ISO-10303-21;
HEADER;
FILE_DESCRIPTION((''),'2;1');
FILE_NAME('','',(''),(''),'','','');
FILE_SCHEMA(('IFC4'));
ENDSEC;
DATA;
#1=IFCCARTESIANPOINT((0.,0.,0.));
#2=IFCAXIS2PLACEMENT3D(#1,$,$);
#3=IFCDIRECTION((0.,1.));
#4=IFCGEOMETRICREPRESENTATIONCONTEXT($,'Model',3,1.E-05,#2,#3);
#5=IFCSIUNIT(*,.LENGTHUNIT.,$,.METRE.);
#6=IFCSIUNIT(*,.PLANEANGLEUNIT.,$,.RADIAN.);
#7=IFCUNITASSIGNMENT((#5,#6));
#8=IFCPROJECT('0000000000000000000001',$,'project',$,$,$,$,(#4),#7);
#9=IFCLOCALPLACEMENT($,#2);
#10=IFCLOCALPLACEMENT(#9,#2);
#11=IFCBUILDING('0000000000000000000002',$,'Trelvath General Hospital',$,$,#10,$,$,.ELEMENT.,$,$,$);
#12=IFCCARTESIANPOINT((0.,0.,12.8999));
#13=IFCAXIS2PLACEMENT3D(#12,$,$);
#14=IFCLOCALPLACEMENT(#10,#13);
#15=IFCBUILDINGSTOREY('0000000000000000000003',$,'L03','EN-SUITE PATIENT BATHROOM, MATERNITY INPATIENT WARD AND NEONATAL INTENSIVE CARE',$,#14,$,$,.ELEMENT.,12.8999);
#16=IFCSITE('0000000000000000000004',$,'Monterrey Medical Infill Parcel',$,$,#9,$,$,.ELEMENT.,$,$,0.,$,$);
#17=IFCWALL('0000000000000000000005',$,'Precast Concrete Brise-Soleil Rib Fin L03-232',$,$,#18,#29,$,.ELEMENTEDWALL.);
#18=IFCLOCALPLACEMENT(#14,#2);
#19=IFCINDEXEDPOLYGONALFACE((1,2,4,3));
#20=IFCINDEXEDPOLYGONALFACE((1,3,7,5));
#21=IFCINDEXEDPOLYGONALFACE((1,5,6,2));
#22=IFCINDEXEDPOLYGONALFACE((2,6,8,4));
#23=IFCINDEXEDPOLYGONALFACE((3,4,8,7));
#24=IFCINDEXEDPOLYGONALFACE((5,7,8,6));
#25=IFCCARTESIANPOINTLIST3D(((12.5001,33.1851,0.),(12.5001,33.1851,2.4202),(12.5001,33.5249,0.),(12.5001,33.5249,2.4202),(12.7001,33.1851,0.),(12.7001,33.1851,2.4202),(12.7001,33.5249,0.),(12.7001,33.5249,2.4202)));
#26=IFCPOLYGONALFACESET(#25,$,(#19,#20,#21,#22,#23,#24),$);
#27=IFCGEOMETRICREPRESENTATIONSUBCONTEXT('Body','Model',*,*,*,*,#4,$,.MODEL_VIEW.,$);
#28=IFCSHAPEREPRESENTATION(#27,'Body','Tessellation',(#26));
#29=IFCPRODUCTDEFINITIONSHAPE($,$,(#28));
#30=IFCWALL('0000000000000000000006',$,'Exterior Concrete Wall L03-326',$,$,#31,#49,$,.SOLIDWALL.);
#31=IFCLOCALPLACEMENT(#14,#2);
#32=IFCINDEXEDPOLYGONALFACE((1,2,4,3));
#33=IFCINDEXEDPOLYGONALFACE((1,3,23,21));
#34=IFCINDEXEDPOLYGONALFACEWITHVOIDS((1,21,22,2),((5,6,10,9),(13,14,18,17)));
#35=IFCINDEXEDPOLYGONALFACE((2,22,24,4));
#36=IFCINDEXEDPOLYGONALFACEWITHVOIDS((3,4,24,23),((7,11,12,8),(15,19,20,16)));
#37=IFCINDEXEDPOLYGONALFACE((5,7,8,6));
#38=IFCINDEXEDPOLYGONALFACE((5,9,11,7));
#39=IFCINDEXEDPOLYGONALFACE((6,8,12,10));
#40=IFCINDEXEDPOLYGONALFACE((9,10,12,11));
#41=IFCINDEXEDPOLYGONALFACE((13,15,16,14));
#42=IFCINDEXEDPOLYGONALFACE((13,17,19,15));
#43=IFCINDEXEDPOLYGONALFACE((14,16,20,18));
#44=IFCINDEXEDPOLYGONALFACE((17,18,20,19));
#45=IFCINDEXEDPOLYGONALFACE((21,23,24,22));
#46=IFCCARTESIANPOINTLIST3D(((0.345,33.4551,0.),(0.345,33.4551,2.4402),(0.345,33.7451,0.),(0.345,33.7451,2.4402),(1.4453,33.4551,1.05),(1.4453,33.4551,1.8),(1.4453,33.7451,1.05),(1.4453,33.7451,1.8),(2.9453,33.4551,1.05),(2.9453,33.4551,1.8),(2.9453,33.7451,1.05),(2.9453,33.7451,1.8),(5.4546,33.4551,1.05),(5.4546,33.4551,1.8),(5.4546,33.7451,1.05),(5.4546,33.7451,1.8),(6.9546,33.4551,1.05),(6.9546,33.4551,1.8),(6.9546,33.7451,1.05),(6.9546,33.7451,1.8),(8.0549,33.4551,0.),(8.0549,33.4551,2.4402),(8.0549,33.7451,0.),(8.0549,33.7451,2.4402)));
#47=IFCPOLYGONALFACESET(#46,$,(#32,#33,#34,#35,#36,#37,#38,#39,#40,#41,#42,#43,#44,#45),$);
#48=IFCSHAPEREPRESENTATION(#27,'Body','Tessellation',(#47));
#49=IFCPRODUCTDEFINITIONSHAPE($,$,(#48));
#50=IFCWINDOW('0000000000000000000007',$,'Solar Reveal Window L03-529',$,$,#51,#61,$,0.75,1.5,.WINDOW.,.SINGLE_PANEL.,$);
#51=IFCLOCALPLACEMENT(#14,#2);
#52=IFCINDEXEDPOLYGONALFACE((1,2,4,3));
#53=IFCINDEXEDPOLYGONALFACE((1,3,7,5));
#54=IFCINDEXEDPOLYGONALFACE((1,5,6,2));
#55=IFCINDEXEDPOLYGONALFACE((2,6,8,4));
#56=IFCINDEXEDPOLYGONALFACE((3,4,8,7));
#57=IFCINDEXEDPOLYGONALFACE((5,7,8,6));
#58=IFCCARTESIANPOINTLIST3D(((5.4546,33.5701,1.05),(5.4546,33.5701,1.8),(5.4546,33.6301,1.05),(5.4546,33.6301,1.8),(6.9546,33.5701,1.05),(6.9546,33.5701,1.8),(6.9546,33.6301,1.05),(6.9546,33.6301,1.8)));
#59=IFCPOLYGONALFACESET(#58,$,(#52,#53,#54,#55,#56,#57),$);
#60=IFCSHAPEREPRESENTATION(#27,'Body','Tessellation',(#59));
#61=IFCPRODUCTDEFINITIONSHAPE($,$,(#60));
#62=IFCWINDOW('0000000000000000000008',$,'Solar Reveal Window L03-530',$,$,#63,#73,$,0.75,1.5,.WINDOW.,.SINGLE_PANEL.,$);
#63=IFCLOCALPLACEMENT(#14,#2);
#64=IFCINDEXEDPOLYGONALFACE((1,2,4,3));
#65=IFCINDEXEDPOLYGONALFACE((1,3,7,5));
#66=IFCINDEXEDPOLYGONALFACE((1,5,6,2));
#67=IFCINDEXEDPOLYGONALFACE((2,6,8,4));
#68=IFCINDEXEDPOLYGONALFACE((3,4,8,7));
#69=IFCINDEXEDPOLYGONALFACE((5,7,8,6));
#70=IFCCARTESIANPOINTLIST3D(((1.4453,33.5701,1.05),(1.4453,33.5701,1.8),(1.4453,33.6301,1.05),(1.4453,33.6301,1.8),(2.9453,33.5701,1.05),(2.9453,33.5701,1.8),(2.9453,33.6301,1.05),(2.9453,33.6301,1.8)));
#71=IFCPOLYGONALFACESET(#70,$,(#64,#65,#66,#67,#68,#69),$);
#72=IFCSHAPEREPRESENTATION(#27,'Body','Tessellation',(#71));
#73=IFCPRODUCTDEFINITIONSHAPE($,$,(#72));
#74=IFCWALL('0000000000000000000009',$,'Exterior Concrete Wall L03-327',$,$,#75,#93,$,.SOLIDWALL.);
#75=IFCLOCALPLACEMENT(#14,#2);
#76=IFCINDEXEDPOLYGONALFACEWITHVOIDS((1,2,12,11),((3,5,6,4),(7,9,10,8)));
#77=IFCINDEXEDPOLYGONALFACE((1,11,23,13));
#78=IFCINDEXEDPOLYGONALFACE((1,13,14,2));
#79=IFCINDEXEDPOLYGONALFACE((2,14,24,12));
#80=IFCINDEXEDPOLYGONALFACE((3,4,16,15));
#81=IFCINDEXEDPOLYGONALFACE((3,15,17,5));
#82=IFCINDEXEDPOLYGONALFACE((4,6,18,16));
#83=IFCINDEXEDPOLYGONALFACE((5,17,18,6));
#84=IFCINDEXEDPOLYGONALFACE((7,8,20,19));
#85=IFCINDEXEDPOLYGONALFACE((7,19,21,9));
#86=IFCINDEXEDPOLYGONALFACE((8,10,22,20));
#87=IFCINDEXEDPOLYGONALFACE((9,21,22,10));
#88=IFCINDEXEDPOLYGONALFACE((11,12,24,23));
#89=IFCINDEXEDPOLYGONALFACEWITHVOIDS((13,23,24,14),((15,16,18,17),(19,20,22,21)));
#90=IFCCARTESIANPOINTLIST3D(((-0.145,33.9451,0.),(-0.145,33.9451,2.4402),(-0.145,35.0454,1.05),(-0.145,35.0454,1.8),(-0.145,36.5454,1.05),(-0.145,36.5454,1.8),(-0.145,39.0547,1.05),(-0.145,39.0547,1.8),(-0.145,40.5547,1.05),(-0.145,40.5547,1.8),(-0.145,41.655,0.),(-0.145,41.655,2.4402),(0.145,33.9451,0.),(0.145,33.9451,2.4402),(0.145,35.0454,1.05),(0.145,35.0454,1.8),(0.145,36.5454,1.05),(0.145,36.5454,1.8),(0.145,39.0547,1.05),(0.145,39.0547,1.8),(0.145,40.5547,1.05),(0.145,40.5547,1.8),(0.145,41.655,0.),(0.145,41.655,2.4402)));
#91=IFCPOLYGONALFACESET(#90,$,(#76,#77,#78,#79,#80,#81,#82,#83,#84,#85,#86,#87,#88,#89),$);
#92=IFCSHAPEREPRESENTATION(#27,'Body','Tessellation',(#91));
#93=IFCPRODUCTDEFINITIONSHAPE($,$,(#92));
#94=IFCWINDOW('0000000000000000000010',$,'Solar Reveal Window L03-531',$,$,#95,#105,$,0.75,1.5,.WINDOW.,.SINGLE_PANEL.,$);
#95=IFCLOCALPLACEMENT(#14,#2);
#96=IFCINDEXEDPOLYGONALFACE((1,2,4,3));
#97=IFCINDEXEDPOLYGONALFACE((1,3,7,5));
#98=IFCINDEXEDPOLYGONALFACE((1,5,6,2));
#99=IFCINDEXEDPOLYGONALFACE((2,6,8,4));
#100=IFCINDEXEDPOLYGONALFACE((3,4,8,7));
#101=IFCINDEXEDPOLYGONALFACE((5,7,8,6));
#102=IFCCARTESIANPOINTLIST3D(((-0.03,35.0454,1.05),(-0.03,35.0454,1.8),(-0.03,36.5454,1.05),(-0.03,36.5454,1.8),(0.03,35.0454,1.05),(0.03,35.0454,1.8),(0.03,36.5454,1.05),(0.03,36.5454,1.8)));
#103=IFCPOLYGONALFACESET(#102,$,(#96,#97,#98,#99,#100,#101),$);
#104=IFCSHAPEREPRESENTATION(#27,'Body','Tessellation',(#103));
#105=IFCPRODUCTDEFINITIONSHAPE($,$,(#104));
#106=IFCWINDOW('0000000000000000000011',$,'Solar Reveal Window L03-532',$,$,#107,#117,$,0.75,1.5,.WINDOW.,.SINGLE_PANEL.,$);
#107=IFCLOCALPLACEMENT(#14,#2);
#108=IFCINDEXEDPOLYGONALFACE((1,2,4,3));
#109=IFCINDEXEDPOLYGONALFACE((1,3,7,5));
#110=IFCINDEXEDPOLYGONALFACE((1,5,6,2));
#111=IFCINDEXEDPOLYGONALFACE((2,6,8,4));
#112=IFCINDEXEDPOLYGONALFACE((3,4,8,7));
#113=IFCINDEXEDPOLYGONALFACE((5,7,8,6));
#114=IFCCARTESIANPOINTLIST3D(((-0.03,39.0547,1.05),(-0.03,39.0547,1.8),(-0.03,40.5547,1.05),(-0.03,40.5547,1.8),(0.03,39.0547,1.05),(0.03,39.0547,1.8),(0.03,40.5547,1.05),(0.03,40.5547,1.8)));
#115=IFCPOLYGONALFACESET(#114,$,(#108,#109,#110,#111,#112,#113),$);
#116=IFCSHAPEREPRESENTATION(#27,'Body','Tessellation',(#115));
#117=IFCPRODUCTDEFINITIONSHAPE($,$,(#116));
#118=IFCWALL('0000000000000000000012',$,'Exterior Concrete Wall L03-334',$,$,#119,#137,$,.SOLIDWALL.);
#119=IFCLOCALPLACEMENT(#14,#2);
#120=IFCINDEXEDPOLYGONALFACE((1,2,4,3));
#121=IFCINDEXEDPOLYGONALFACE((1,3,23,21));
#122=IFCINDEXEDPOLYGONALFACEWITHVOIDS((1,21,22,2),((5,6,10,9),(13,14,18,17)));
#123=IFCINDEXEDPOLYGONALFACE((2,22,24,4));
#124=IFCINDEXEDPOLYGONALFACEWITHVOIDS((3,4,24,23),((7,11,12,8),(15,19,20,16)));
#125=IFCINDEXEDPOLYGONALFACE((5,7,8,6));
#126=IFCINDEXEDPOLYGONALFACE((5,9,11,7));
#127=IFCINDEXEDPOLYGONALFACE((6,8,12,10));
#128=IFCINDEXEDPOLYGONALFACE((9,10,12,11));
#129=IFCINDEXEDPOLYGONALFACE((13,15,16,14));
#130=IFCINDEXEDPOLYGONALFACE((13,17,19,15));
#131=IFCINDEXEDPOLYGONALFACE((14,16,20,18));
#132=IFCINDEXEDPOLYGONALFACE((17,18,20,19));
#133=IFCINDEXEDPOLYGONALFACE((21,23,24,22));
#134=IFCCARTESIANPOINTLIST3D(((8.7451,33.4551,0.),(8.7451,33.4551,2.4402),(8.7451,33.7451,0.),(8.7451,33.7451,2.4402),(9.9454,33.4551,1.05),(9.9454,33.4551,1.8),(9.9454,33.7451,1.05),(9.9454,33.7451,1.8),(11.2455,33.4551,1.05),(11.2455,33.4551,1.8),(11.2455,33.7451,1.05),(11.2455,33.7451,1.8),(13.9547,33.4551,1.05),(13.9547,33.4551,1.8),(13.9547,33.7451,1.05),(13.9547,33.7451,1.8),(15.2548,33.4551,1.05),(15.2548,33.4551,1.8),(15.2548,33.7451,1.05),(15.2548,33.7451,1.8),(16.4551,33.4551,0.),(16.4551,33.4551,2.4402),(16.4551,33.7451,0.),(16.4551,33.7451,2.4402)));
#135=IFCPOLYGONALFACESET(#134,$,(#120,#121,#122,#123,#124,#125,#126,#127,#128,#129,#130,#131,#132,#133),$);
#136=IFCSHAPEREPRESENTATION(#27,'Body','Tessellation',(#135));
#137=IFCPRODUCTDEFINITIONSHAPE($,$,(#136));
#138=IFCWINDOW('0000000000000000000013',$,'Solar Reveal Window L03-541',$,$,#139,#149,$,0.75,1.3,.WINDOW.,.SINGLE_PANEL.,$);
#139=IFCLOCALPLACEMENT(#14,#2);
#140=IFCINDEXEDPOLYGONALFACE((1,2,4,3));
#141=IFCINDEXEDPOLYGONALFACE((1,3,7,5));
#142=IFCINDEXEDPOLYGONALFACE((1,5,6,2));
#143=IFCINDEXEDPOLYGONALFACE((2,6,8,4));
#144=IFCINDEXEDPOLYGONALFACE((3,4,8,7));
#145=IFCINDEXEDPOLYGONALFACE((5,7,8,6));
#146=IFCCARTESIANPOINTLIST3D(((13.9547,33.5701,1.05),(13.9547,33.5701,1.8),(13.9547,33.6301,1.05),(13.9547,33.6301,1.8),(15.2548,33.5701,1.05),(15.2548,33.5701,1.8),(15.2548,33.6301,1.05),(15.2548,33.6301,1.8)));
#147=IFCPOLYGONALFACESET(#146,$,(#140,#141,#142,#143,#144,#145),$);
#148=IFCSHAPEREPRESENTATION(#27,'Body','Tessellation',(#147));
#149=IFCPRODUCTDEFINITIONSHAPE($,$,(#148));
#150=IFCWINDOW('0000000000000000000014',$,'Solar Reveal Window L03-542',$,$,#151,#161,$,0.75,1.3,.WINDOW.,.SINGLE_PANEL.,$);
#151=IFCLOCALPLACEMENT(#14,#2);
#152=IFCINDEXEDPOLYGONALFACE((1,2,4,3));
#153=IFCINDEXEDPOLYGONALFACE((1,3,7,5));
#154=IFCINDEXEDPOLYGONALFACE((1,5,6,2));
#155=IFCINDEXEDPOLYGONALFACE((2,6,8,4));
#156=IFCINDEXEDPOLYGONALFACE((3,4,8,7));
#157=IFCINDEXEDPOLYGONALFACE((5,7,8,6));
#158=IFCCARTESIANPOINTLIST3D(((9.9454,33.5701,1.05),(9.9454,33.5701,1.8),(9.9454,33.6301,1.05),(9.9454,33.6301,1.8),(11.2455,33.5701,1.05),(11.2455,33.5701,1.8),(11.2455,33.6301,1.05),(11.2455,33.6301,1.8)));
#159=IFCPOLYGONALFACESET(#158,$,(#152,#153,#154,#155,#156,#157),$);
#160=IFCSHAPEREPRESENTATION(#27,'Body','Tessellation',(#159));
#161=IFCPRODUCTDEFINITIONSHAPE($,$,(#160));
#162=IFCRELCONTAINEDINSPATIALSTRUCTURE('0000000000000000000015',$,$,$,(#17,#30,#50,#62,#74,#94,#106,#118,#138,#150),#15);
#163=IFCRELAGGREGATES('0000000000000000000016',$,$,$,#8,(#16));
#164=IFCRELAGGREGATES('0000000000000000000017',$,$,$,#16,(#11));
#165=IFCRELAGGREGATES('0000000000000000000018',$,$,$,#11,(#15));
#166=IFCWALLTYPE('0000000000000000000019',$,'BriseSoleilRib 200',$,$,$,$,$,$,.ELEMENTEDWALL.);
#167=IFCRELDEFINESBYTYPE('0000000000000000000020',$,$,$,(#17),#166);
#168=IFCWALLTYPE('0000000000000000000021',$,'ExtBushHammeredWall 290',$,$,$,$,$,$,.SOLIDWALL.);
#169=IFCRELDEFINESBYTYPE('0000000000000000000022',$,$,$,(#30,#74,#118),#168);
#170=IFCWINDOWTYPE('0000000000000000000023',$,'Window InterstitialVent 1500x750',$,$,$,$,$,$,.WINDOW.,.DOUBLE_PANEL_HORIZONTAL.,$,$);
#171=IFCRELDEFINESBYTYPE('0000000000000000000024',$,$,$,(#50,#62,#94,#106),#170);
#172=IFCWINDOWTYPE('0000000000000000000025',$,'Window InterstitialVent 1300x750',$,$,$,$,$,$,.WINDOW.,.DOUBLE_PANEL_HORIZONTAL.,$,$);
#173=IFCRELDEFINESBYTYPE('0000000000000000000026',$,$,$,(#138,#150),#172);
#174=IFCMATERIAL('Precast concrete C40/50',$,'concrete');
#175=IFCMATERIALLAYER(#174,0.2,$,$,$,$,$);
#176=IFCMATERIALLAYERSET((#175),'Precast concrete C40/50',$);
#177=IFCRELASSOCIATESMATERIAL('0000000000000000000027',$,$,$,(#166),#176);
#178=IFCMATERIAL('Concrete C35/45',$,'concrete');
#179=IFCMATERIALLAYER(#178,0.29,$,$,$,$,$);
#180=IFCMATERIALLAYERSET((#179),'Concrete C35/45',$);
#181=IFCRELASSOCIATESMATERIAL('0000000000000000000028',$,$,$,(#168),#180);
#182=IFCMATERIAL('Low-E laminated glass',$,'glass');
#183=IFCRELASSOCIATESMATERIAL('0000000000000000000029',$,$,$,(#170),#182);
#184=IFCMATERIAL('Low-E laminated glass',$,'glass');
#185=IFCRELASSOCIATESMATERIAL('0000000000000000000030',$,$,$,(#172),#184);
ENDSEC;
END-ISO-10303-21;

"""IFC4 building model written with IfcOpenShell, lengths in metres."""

from ifc_helpers import new_model, si_unit, direction, frame, frame_2d, origin, place, context, subcontext, project, spatial, rectangle, extrude, material, layer, layer_set, type_object, element, fill, save


model = new_model("IFC4")

# Units and contexts
model_context = context("Model", 3, precision=1e-05, world=origin(), true_north=direction((0.0, 1.0)))
body_context = subcontext(model_context, "Body", "Model", "MODEL_VIEW")
ifc_project = project(units=[si_unit("LENGTHUNIT", "METRE"), si_unit("PLANEANGLEUNIT", "RADIAN")], contexts=[model_context])

# Site, building, storey
site_placement = place(None, origin())
site = spatial("IfcSite", under=ifc_project, at=site_placement, Name="Monterrey Medical Infill Parcel", CompositionType="ELEMENT", RefElevation=0.0)
building_placement = place(site_placement, origin())
building = spatial("IfcBuilding", under=site, at=building_placement, Name="Trelvath General Hospital", CompositionType="ELEMENT")
storey_placement = place(building_placement, frame((0.0, 0.0, 12.8999)))
storey = spatial("IfcBuildingStorey", under=building, at=storey_placement, Name="L03", Description="EN-SUITE PATIENT BATHROOM, MATERNITY INPATIENT WARD AND NEONATAL INTENSIVE CARE", CompositionType="ELEMENT", Elevation=12.8999)

# Wall
ifc_material_1 = material(Name="Precast concrete C40/50", Category="concrete")
ifc_layer_1 = layer(ifc_material_1, 0.2)
ifc_layer_set_1 = layer_set([ifc_layer_1], Name="Precast concrete C40/50")
wall_type_1 = type_object("IfcWallType", Name="BriseSoleilRib 200", PredefinedType="ELEMENTEDWALL", material=ifc_layer_set_1)
for number, where, z_axis, x_axis, name in (
    (1, (12.6001, 33.5249, 0.0), (0.0, 0.0, 1.0), (0.0, -1.0, 0.0), "Precast Concrete Brise-Soleil Rib Fin L03-232"),
):
    element("IfcWall", number, at=place(storey_placement, frame(where, z_axis=z_axis, x_axis=x_axis)), inside=storey, type_object=wall_type_1, Name=name, PredefinedType="ELEMENTEDWALL", context=body_context, shape_type="SweptSolid", body=[
        extrude(rectangle(XDim=0.3398, YDim=0.2, at=frame_2d((0.1699, 0.0))), origin(), (0.0, 0.0, 1.0), 2.4202),
    ])

# Walls, openings, windows
ifc_material_2 = material(Name="Concrete C35/45", Category="concrete")
ifc_layer_2 = layer(ifc_material_2, 0.29)
ifc_layer_set_2 = layer_set([ifc_layer_2], Name="Concrete C35/45")
wall_type_2 = type_object("IfcWallType", Name="ExtBushHammeredWall 290", PredefinedType="SOLIDWALL", material=ifc_layer_set_2)
wall_1_placement = place(storey_placement, frame((8.0549, 33.6001, 0.0), z_axis=(0.0, 0.0, 1.0), x_axis=(-1.0, 0.0, 0.0)))
wall_1 = element("IfcWall", 2, at=wall_1_placement, inside=storey, type_object=wall_type_2, Name="Exterior Concrete Wall L03-326", PredefinedType="SOLIDWALL", context=body_context, shape_type="SweptSolid", body=[
    extrude(rectangle(XDim=7.71, YDim=0.29, at=frame_2d((3.855, 0.0))), origin(), (0.0, 0.0, 1.0), 2.4402),
])
opening_1_placement = place(wall_1_placement, frame((1.1003, 0.0, 1.05)))
opening_1 = element("IfcOpeningElement", 3, at=opening_1_placement, cuts=wall_1, PredefinedType="OPENING", context=body_context, shape_type="SweptSolid", body=[
    extrude(rectangle(XDim=1.5, YDim=0.75, at=frame_2d((0.75, 0.375))), frame((0.0, 0.155, 0.0), z_axis=(0.0, -1.0, 0.0), x_axis=(1.0, 0.0, 0.0)), (0.0, 0.0, 1.0), 0.3101),
])
opening_2_placement = place(wall_1_placement, frame((5.1096, 0.0, 1.05)))
opening_2 = element("IfcOpeningElement", 4, at=opening_2_placement, cuts=wall_1, PredefinedType="OPENING", context=body_context, shape_type="SweptSolid", body=[
    extrude(rectangle(XDim=1.5, YDim=0.75, at=frame_2d((0.75, 0.375))), frame((0.0, 0.155, 0.0), z_axis=(0.0, -1.0, 0.0), x_axis=(1.0, 0.0, 0.0)), (0.0, 0.0, 1.0), 0.3101),
])
ifc_material_3 = material(Name="Low-E laminated glass", Category="glass")
window_type_1 = type_object("IfcWindowType", Name="Window InterstitialVent 1500x750", PartitioningType="DOUBLE_PANEL_HORIZONTAL", PredefinedType="WINDOW", material=ifc_material_3)
window_1_placement = place(opening_1_placement, origin())
window_1 = element("IfcWindow", 5, at=window_1_placement, inside=storey, type_object=window_type_1, Name="Solar Reveal Window L03-529", OverallHeight=0.75, OverallWidth=1.5, PartitioningType="SINGLE_PANEL", PredefinedType="WINDOW", context=body_context, shape_type="SweptSolid", body=[
    extrude(rectangle(XDim=1.5, YDim=0.75, at=frame_2d((0.75, 0.375))), frame((0.0, 0.03, 0.0), z_axis=(0.0, -1.0, 0.0), x_axis=(1.0, 0.0, 0.0)), (0.0, 0.0, 1.0), 0.0601),
])
fill(opening_1, window_1)
window_2_placement = place(opening_2_placement, origin())
window_2 = element("IfcWindow", 6, at=window_2_placement, inside=storey, type_object=window_type_1, Name="Solar Reveal Window L03-530", OverallHeight=0.75, OverallWidth=1.5, PartitioningType="SINGLE_PANEL", PredefinedType="WINDOW", context=body_context, shape_type="SweptSolid", body=[
    extrude(rectangle(XDim=1.5, YDim=0.75, at=frame_2d((0.75, 0.375))), frame((0.0, 0.03, 0.0), z_axis=(0.0, -1.0, 0.0), x_axis=(1.0, 0.0, 0.0)), (0.0, 0.0, 1.0), 0.0601),
])
fill(opening_2, window_2)
wall_2_placement = place(storey_placement, frame((0.0, 33.9451, 0.0), z_axis=(0.0, 0.0, 1.0), x_axis=(0.0, 1.0, 0.0)))
wall_2 = element("IfcWall", 7, at=wall_2_placement, inside=storey, type_object=wall_type_2, Name="Exterior Concrete Wall L03-327", PredefinedType="SOLIDWALL", context=body_context, shape_type="SweptSolid", body=[
    extrude(rectangle(XDim=7.71, YDim=0.29, at=frame_2d((3.855, 0.0))), origin(), (0.0, 0.0, 1.0), 2.4402),
])
opening_3_placement = place(wall_2_placement, frame((1.1003, 0.0, 1.05)))
opening_3 = element("IfcOpeningElement", 8, at=opening_3_placement, cuts=wall_2, PredefinedType="OPENING", context=body_context, shape_type="SweptSolid", body=[
    extrude(rectangle(XDim=1.5, YDim=0.75, at=frame_2d((0.75, 0.375))), frame((0.0, 0.155, 0.0), z_axis=(0.0, -1.0, 0.0), x_axis=(1.0, 0.0, 0.0)), (0.0, 0.0, 1.0), 0.3101),
])
opening_4_placement = place(wall_2_placement, frame((5.1096, 0.0, 1.05)))
opening_4 = element("IfcOpeningElement", 9, at=opening_4_placement, cuts=wall_2, PredefinedType="OPENING", context=body_context, shape_type="SweptSolid", body=[
    extrude(rectangle(XDim=1.5, YDim=0.75, at=frame_2d((0.75, 0.375))), frame((0.0, 0.155, 0.0), z_axis=(0.0, -1.0, 0.0), x_axis=(1.0, 0.0, 0.0)), (0.0, 0.0, 1.0), 0.3101),
])
window_3_placement = place(opening_3_placement, origin())
window_3 = element("IfcWindow", 10, at=window_3_placement, inside=storey, type_object=window_type_1, Name="Solar Reveal Window L03-531", OverallHeight=0.75, OverallWidth=1.5, PartitioningType="SINGLE_PANEL", PredefinedType="WINDOW", context=body_context, shape_type="SweptSolid", body=[
    extrude(rectangle(XDim=1.5, YDim=0.75, at=frame_2d((0.75, 0.375))), frame((0.0, 0.03, 0.0), z_axis=(0.0, -1.0, 0.0), x_axis=(1.0, 0.0, 0.0)), (0.0, 0.0, 1.0), 0.0601),
])
fill(opening_3, window_3)
window_4_placement = place(opening_4_placement, origin())
window_4 = element("IfcWindow", 11, at=window_4_placement, inside=storey, type_object=window_type_1, Name="Solar Reveal Window L03-532", OverallHeight=0.75, OverallWidth=1.5, PartitioningType="SINGLE_PANEL", PredefinedType="WINDOW", context=body_context, shape_type="SweptSolid", body=[
    extrude(rectangle(XDim=1.5, YDim=0.75, at=frame_2d((0.75, 0.375))), frame((0.0, 0.03, 0.0), z_axis=(0.0, -1.0, 0.0), x_axis=(1.0, 0.0, 0.0)), (0.0, 0.0, 1.0), 0.0601),
])
fill(opening_4, window_4)
wall_3_placement = place(storey_placement, frame((16.4551, 33.6001, 0.0), z_axis=(0.0, 0.0, 1.0), x_axis=(-1.0, 0.0, 0.0)))
wall_3 = element("IfcWall", 12, at=wall_3_placement, inside=storey, type_object=wall_type_2, Name="Exterior Concrete Wall L03-334", PredefinedType="SOLIDWALL", context=body_context, shape_type="SweptSolid", body=[
    extrude(rectangle(XDim=7.71, YDim=0.29, at=frame_2d((3.855, 0.0))), origin(), (0.0, 0.0, 1.0), 2.4402),
])
opening_5_placement = place(wall_3_placement, frame((1.2004, 0.0, 1.05)))
opening_5 = element("IfcOpeningElement", 13, at=opening_5_placement, cuts=wall_3, PredefinedType="OPENING", context=body_context, shape_type="SweptSolid", body=[
    extrude(rectangle(XDim=1.3, YDim=0.75, at=frame_2d((0.6499, 0.375))), frame((0.0, 0.155, 0.0), z_axis=(0.0, -1.0, 0.0), x_axis=(1.0, 0.0, 0.0)), (0.0, 0.0, 1.0), 0.3101),
])
opening_6_placement = place(wall_3_placement, frame((5.2097, 0.0, 1.05)))
opening_6 = element("IfcOpeningElement", 14, at=opening_6_placement, cuts=wall_3, PredefinedType="OPENING", context=body_context, shape_type="SweptSolid", body=[
    extrude(rectangle(XDim=1.3, YDim=0.75, at=frame_2d((0.6499, 0.375))), frame((0.0, 0.155, 0.0), z_axis=(0.0, -1.0, 0.0), x_axis=(1.0, 0.0, 0.0)), (0.0, 0.0, 1.0), 0.3101),
])
ifc_material_4 = material(Name="Low-E laminated glass", Category="glass")
window_type_2 = type_object("IfcWindowType", Name="Window InterstitialVent 1300x750", PartitioningType="DOUBLE_PANEL_HORIZONTAL", PredefinedType="WINDOW", material=ifc_material_4)
window_5_placement = place(opening_5_placement, origin())
window_5 = element("IfcWindow", 15, at=window_5_placement, inside=storey, type_object=window_type_2, Name="Solar Reveal Window L03-541", OverallHeight=0.75, OverallWidth=1.3, PartitioningType="SINGLE_PANEL", PredefinedType="WINDOW", context=body_context, shape_type="SweptSolid", body=[
    extrude(rectangle(XDim=1.3, YDim=0.75, at=frame_2d((0.6499, 0.375))), frame((0.0, 0.03, 0.0), z_axis=(0.0, -1.0, 0.0), x_axis=(1.0, 0.0, 0.0)), (0.0, 0.0, 1.0), 0.0601),
])
fill(opening_5, window_5)
window_6_placement = place(opening_6_placement, origin())
window_6 = element("IfcWindow", 16, at=window_6_placement, inside=storey, type_object=window_type_2, Name="Solar Reveal Window L03-542", OverallHeight=0.75, OverallWidth=1.3, PartitioningType="SINGLE_PANEL", PredefinedType="WINDOW", context=body_context, shape_type="SweptSolid", body=[
    extrude(rectangle(XDim=1.3, YDim=0.75, at=frame_2d((0.6499, 0.375))), frame((0.0, 0.03, 0.0), z_axis=(0.0, -1.0, 0.0), x_axis=(1.0, 0.0, 0.0)), (0.0, 0.0, 1.0), 0.0601),
])
fill(opening_6, window_6)

save(model, "model.ifc")
